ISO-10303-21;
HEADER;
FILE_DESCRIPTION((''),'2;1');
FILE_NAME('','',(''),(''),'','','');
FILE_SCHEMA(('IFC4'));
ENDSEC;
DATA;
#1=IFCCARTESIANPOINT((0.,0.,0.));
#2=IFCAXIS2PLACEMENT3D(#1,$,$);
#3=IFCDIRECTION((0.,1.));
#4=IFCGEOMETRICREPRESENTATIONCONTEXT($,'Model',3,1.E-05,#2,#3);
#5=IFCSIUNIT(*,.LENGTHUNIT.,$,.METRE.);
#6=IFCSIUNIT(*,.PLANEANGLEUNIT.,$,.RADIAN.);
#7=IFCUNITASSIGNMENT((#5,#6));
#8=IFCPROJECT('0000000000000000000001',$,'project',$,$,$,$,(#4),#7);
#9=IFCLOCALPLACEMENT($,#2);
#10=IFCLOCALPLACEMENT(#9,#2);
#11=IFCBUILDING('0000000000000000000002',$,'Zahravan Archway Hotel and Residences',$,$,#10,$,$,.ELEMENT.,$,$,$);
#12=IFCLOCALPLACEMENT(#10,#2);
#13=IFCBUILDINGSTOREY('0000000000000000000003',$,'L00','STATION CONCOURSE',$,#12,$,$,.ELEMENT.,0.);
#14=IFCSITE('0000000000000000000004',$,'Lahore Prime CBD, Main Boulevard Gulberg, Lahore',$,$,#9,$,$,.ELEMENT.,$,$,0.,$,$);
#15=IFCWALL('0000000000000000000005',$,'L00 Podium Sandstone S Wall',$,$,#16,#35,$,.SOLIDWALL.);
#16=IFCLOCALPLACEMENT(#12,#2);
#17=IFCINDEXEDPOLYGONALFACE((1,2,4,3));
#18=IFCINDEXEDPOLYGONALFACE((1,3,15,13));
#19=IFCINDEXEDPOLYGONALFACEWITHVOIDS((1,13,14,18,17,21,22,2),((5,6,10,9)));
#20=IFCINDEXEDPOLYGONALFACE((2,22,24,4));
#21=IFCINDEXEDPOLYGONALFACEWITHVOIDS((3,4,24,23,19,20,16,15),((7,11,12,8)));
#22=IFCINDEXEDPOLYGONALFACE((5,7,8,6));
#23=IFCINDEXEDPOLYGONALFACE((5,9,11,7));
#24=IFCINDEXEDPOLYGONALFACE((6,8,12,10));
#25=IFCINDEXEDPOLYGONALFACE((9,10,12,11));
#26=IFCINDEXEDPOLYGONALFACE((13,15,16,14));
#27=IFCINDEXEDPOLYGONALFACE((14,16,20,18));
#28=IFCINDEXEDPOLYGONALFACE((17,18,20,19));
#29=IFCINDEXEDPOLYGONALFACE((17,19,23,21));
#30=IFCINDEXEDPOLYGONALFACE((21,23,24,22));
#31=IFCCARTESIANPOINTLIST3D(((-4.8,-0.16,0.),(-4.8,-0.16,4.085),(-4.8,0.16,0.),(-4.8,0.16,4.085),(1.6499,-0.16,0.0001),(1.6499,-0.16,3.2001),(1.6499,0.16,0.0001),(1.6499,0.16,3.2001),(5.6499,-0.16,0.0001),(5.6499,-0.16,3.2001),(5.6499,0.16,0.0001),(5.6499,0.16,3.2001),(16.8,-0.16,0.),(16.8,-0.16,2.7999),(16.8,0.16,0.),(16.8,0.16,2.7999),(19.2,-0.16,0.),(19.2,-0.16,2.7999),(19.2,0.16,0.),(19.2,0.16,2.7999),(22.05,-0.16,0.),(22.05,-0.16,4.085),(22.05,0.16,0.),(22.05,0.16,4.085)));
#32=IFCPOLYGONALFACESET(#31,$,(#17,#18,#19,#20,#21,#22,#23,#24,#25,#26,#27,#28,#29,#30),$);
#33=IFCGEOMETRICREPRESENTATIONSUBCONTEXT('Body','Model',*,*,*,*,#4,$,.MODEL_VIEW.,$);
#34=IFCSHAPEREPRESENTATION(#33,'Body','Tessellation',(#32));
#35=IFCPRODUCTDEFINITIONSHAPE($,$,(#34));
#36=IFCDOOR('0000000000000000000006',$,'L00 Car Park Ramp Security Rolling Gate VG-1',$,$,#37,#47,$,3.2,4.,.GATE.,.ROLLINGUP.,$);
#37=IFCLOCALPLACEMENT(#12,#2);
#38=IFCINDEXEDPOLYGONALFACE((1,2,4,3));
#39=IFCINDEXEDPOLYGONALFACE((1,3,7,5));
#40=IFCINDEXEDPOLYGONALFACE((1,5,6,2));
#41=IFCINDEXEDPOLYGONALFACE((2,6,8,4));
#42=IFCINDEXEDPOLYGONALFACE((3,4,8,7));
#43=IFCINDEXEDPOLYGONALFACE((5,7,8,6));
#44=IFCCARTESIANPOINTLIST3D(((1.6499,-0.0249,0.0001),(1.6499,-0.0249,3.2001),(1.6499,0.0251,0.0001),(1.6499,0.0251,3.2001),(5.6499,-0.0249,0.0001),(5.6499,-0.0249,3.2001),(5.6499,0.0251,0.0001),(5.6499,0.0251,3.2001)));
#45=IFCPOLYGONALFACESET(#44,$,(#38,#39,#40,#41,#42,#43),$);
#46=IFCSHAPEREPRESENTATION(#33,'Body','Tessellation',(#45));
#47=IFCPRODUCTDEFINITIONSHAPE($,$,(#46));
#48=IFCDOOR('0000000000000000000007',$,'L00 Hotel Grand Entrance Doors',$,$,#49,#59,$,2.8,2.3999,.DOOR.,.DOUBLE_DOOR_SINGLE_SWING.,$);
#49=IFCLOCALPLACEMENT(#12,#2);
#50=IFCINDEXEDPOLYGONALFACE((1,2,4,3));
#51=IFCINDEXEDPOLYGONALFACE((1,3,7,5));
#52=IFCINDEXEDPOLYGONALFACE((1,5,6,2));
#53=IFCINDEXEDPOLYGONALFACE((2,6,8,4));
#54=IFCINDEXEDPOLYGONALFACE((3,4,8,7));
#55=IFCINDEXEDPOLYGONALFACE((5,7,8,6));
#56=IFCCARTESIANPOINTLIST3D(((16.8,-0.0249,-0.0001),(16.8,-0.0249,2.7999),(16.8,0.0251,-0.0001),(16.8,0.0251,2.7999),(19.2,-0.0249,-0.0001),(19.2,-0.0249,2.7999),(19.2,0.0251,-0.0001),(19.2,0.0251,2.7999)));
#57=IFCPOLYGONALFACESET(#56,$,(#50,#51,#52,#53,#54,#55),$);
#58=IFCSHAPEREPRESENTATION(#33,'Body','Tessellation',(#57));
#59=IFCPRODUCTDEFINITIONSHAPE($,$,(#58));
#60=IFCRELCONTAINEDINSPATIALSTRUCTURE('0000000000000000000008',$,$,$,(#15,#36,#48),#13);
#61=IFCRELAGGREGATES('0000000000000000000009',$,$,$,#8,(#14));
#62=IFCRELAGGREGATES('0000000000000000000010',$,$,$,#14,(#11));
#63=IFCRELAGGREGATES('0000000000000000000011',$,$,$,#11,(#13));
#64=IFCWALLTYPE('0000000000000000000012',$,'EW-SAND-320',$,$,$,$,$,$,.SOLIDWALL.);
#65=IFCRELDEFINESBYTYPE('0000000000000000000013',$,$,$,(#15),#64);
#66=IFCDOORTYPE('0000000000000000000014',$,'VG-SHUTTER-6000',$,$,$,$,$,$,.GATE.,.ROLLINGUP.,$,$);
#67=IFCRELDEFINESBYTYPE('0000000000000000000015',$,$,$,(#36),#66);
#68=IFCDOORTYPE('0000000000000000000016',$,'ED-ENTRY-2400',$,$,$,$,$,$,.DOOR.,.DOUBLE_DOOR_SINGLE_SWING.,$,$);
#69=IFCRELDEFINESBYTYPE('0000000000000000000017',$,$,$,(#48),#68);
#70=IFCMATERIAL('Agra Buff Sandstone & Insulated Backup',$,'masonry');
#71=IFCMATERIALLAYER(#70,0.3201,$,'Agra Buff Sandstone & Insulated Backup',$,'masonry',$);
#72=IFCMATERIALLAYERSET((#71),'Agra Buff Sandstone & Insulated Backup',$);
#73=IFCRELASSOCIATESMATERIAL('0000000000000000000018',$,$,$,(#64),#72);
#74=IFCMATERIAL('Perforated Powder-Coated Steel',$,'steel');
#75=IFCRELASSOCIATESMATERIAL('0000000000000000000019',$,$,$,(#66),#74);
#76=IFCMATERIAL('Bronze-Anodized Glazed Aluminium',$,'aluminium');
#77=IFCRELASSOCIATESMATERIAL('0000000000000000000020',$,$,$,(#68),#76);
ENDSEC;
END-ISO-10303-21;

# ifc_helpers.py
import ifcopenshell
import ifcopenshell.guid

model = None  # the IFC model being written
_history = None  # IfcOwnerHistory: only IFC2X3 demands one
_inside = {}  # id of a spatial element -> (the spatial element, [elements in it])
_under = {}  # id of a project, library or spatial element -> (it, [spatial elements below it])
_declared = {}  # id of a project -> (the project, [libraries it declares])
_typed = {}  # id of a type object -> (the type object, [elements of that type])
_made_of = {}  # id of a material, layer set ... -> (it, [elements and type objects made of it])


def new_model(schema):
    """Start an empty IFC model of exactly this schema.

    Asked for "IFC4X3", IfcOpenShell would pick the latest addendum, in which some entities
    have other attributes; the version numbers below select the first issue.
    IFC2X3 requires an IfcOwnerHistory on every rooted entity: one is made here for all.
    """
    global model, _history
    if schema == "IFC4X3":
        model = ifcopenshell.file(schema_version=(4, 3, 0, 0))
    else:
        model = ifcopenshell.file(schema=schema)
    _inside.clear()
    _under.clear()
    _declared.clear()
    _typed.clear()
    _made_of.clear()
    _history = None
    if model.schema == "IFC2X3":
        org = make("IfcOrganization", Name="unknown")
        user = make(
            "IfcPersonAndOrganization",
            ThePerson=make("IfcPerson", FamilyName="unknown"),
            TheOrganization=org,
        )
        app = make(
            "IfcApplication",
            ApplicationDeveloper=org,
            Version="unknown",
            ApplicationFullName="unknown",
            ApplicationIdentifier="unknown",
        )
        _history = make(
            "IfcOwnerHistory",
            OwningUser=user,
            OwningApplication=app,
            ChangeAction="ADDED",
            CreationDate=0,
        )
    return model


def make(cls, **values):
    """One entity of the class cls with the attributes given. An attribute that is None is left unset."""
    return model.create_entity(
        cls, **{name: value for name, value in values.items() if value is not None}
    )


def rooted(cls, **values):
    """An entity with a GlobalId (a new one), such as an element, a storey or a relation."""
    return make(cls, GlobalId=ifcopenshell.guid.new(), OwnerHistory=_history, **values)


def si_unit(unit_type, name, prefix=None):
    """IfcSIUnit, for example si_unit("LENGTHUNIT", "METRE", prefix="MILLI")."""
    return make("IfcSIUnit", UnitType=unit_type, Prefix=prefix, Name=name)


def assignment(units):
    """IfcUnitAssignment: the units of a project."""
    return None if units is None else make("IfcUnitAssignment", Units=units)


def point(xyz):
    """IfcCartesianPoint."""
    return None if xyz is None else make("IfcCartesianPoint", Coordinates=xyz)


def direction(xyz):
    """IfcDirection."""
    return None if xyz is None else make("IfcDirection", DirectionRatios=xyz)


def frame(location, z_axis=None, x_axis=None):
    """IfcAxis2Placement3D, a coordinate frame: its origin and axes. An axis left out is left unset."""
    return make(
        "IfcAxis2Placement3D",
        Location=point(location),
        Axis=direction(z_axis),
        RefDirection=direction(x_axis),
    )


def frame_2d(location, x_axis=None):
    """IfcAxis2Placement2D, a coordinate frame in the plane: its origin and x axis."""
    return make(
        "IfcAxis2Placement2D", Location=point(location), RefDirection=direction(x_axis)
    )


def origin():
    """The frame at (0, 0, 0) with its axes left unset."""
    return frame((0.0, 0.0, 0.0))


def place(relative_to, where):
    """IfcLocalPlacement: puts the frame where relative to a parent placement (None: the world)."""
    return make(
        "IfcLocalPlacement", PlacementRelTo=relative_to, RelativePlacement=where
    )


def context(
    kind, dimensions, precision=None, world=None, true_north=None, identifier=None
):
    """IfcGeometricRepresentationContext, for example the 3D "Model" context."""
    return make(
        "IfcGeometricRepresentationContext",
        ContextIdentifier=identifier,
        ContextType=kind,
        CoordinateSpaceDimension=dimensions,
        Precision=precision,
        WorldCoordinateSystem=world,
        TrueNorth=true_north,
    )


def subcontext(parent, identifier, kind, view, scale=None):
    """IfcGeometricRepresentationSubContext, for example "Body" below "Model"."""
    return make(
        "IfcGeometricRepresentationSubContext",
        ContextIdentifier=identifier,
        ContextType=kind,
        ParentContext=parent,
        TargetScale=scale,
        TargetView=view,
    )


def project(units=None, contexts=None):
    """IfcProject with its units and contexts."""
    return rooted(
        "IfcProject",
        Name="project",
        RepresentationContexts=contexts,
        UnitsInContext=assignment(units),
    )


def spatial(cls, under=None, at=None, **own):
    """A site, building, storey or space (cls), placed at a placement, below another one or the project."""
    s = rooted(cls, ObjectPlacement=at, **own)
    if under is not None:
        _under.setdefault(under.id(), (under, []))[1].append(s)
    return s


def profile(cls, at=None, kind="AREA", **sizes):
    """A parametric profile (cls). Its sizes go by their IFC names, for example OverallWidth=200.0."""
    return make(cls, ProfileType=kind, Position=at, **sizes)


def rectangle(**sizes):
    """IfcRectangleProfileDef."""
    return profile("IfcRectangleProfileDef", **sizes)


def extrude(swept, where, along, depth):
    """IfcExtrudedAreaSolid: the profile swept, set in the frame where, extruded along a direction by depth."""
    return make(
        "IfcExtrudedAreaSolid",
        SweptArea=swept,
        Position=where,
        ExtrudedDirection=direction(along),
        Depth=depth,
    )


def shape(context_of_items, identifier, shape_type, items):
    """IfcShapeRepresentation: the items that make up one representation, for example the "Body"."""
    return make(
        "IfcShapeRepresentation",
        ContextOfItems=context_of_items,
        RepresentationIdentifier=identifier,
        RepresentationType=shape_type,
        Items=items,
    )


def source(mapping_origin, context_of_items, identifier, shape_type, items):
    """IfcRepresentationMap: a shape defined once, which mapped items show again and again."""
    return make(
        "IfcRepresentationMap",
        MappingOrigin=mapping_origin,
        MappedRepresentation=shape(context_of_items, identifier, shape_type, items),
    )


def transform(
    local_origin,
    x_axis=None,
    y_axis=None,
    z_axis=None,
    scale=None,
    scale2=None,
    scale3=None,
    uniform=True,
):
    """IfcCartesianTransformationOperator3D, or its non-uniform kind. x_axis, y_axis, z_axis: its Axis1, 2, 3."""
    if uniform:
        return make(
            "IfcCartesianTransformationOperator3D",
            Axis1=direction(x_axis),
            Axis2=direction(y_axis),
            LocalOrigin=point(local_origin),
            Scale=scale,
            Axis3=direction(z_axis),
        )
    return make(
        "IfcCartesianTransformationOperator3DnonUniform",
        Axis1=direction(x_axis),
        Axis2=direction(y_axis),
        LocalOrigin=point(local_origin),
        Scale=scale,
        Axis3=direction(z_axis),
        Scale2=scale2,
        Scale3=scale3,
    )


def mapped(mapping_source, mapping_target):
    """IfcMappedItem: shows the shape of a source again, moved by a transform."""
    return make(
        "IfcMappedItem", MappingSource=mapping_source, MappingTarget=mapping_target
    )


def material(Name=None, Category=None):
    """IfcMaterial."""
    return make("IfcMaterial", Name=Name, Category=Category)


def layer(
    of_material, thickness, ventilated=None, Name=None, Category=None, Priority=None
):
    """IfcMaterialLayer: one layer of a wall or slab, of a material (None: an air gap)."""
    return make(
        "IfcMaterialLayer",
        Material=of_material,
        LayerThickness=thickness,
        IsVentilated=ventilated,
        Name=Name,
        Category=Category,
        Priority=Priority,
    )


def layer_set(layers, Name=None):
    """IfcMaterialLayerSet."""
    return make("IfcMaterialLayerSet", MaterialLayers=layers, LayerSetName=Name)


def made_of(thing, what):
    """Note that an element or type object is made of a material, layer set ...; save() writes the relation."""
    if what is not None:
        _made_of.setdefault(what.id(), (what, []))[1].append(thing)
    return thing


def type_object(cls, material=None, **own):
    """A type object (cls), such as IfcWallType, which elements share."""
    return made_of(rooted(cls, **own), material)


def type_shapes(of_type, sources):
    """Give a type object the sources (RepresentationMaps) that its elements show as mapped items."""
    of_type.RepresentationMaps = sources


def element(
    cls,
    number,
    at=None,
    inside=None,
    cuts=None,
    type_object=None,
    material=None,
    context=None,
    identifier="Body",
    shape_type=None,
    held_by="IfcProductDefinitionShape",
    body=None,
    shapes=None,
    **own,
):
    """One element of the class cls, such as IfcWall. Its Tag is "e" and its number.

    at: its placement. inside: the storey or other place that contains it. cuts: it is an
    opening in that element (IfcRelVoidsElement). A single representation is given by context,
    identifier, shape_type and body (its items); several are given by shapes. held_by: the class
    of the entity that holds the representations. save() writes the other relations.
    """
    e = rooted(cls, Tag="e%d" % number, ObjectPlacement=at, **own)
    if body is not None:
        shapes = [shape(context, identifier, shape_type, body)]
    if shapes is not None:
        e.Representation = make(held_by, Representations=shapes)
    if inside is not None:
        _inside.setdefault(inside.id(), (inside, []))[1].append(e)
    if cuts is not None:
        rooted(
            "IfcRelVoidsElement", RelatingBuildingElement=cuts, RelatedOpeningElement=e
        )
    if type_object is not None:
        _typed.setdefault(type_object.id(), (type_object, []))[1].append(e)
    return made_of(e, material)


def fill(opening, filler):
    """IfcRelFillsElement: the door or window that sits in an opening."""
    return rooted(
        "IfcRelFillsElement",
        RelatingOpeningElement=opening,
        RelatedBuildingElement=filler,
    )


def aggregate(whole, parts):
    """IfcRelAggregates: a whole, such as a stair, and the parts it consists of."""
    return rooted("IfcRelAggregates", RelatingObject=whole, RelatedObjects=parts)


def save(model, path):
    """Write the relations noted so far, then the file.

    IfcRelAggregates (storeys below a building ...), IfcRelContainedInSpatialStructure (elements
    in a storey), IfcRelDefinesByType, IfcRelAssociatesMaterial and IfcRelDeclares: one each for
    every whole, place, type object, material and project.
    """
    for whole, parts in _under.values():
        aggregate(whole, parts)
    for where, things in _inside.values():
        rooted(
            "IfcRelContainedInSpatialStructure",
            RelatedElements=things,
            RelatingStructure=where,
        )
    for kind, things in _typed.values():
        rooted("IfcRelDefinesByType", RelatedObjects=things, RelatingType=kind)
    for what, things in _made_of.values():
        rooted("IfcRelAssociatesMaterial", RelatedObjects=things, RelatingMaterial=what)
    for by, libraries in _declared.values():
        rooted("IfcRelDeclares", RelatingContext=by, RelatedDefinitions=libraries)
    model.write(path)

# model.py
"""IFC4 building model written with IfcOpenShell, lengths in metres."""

from ifc_helpers import new_model, si_unit, direction, frame, frame_2d, origin, place, context, subcontext, project, spatial, rectangle, extrude, source, transform, mapped, material, layer, layer_set, type_object, type_shapes, element, fill, save


model = new_model("IFC4")

# Units and contexts
model_context = context("Model", 3, precision=1e-05, world=origin(), true_north=direction((0.0, 1.0)))
body_context = subcontext(model_context, "Body", "Model", "MODEL_VIEW")
ifc_project = project(units=[si_unit("LENGTHUNIT", "METRE"), si_unit("PLANEANGLEUNIT", "RADIAN")], contexts=[model_context])

# Site, building, storey
site_placement = place(None, origin())
site = spatial("IfcSite", under=ifc_project, at=site_placement, Name="Lahore Prime CBD, Main Boulevard Gulberg, Lahore", CompositionType="ELEMENT", RefElevation=0.0)
building_placement = place(site_placement, origin())
building = spatial("IfcBuilding", under=site, at=building_placement, Name="Zahravan Archway Hotel and Residences", CompositionType="ELEMENT")
storey_placement = place(building_placement, origin())
storey = spatial("IfcBuildingStorey", under=building, at=storey_placement, Name="L00", Description="STATION CONCOURSE", CompositionType="ELEMENT", Elevation=0.0)

# Wall, openings, doors
ifc_material_1 = material(Name="Agra Buff Sandstone & Insulated Backup", Category="masonry")
ifc_layer_1 = layer(ifc_material_1, 0.3201, Name="Agra Buff Sandstone & Insulated Backup", Category="masonry")
ifc_layer_set_1 = layer_set([ifc_layer_1], Name="Agra Buff Sandstone & Insulated Backup")
wall_type = type_object("IfcWallType", Name="EW-SAND-320", PredefinedType="SOLIDWALL", material=ifc_layer_set_1)
wall_placement = place(storey_placement, frame((-4.8, 0.0, 0.0), z_axis=(0.0, 0.0, 1.0), x_axis=(1.0, 0.0, 0.0)))
wall = element("IfcWall", 1, at=wall_placement, inside=storey, type_object=wall_type, Name="L00 Podium Sandstone S Wall", PredefinedType="SOLIDWALL", context=body_context, shape_type="SweptSolid", body=[
    extrude(rectangle(XDim=26.8501, YDim=0.3201, at=frame_2d((13.425, 0.0))), origin(), (0.0, 0.0, 1.0), 4.085),
])
opening_1_placement = place(wall_placement, frame((6.45, 0.0, 0.0)))
opening_1 = element("IfcOpeningElement", 2, at=opening_1_placement, cuts=wall, PredefinedType="OPENING", context=body_context, shape_type="SweptSolid", body=[
    extrude(rectangle(XDim=4.0, YDim=3.2, at=frame_2d((2.0, 1.6001))), frame((0.0, 0.1699, 0.0), z_axis=(0.0, -1.0, 0.0), x_axis=(1.0, 0.0, 0.0)), (0.0, 0.0, 1.0), 0.3401),
])
opening_2_placement = place(wall_placement, frame((21.6001, 0.0, 0.0)))
opening_2 = element("IfcOpeningElement", 3, at=opening_2_placement, cuts=wall, PredefinedType="OPENING", context=body_context, shape_type="SweptSolid", body=[
    extrude(rectangle(XDim=2.3999, YDim=2.8, at=frame_2d((1.2, 1.3999))), frame((0.0, 0.1699, 0.0), z_axis=(0.0, -1.0, 0.0), x_axis=(1.0, 0.0, 0.0)), (0.0, 0.0, 1.0), 0.3401),
])
ifc_material_2 = material(Name="Perforated Powder-Coated Steel", Category="steel")
door_type_1 = type_object("IfcDoorType", Name="VG-SHUTTER-6000", OperationType="ROLLINGUP", PredefinedType="GATE", material=ifc_material_2)
shared_shape_1 = source(origin(), body_context, "Body", "SweptSolid", [
    extrude(rectangle(XDim=4.0, YDim=3.2, at=frame_2d((2.0, 1.6001))), frame((0.0, 0.0249, 0.0), z_axis=(0.0, -1.0, 0.0), x_axis=(1.0, 0.0, 0.0)), (0.0, 0.0, 1.0), 0.05),
])
type_shapes(door_type_1, [shared_shape_1])
door_1_placement = place(opening_1_placement, frame((4.0, 0.0, 0.0), z_axis=(0.0, 0.0, 1.0), x_axis=(-1.0, 0.0, 0.0)))
door_1 = element("IfcDoor", 4, at=door_1_placement, inside=storey, type_object=door_type_1, Name="L00 Car Park Ramp Security Rolling Gate VG-1", OperationType="ROLLINGUP", OverallHeight=3.2, OverallWidth=4.0, PredefinedType="GATE", context=body_context, shape_type="MappedRepresentation", body=[
    mapped(shared_shape_1, transform((0.0, 0.0, 0.0), scale=1.0)),
])
fill(opening_1, door_1)
ifc_material_3 = material(Name="Bronze-Anodized Glazed Aluminium", Category="aluminium")
door_type_2 = type_object("IfcDoorType", Name="ED-ENTRY-2400", OperationType="DOUBLE_DOOR_SINGLE_SWING", PredefinedType="DOOR", material=ifc_material_3)
shared_shape_2 = source(origin(), body_context, "Body", "SweptSolid", [
    extrude(rectangle(XDim=2.3999, YDim=2.8, at=frame_2d((1.2, 1.3999))), frame((0.0, 0.0249, 0.0), z_axis=(0.0, -1.0, 0.0), x_axis=(1.0, 0.0, 0.0)), (0.0, 0.0, 1.0), 0.05),
])
type_shapes(door_type_2, [shared_shape_2])
door_2_placement = place(opening_2_placement, frame((2.3999, 0.0, 0.0), z_axis=(0.0, 0.0, 1.0), x_axis=(-1.0, 0.0, 0.0)))
door_2 = element("IfcDoor", 5, at=door_2_placement, inside=storey, type_object=door_type_2, Name="L00 Hotel Grand Entrance Doors", OperationType="DOUBLE_DOOR_SINGLE_SWING", OverallHeight=2.8, OverallWidth=2.3999, PredefinedType="DOOR", context=body_context, shape_type="MappedRepresentation", body=[
    mapped(shared_shape_2, transform((0.0, 0.0, 0.0), scale=1.0)),
])
fill(opening_2, door_2)

save(model, "model.ifc")
